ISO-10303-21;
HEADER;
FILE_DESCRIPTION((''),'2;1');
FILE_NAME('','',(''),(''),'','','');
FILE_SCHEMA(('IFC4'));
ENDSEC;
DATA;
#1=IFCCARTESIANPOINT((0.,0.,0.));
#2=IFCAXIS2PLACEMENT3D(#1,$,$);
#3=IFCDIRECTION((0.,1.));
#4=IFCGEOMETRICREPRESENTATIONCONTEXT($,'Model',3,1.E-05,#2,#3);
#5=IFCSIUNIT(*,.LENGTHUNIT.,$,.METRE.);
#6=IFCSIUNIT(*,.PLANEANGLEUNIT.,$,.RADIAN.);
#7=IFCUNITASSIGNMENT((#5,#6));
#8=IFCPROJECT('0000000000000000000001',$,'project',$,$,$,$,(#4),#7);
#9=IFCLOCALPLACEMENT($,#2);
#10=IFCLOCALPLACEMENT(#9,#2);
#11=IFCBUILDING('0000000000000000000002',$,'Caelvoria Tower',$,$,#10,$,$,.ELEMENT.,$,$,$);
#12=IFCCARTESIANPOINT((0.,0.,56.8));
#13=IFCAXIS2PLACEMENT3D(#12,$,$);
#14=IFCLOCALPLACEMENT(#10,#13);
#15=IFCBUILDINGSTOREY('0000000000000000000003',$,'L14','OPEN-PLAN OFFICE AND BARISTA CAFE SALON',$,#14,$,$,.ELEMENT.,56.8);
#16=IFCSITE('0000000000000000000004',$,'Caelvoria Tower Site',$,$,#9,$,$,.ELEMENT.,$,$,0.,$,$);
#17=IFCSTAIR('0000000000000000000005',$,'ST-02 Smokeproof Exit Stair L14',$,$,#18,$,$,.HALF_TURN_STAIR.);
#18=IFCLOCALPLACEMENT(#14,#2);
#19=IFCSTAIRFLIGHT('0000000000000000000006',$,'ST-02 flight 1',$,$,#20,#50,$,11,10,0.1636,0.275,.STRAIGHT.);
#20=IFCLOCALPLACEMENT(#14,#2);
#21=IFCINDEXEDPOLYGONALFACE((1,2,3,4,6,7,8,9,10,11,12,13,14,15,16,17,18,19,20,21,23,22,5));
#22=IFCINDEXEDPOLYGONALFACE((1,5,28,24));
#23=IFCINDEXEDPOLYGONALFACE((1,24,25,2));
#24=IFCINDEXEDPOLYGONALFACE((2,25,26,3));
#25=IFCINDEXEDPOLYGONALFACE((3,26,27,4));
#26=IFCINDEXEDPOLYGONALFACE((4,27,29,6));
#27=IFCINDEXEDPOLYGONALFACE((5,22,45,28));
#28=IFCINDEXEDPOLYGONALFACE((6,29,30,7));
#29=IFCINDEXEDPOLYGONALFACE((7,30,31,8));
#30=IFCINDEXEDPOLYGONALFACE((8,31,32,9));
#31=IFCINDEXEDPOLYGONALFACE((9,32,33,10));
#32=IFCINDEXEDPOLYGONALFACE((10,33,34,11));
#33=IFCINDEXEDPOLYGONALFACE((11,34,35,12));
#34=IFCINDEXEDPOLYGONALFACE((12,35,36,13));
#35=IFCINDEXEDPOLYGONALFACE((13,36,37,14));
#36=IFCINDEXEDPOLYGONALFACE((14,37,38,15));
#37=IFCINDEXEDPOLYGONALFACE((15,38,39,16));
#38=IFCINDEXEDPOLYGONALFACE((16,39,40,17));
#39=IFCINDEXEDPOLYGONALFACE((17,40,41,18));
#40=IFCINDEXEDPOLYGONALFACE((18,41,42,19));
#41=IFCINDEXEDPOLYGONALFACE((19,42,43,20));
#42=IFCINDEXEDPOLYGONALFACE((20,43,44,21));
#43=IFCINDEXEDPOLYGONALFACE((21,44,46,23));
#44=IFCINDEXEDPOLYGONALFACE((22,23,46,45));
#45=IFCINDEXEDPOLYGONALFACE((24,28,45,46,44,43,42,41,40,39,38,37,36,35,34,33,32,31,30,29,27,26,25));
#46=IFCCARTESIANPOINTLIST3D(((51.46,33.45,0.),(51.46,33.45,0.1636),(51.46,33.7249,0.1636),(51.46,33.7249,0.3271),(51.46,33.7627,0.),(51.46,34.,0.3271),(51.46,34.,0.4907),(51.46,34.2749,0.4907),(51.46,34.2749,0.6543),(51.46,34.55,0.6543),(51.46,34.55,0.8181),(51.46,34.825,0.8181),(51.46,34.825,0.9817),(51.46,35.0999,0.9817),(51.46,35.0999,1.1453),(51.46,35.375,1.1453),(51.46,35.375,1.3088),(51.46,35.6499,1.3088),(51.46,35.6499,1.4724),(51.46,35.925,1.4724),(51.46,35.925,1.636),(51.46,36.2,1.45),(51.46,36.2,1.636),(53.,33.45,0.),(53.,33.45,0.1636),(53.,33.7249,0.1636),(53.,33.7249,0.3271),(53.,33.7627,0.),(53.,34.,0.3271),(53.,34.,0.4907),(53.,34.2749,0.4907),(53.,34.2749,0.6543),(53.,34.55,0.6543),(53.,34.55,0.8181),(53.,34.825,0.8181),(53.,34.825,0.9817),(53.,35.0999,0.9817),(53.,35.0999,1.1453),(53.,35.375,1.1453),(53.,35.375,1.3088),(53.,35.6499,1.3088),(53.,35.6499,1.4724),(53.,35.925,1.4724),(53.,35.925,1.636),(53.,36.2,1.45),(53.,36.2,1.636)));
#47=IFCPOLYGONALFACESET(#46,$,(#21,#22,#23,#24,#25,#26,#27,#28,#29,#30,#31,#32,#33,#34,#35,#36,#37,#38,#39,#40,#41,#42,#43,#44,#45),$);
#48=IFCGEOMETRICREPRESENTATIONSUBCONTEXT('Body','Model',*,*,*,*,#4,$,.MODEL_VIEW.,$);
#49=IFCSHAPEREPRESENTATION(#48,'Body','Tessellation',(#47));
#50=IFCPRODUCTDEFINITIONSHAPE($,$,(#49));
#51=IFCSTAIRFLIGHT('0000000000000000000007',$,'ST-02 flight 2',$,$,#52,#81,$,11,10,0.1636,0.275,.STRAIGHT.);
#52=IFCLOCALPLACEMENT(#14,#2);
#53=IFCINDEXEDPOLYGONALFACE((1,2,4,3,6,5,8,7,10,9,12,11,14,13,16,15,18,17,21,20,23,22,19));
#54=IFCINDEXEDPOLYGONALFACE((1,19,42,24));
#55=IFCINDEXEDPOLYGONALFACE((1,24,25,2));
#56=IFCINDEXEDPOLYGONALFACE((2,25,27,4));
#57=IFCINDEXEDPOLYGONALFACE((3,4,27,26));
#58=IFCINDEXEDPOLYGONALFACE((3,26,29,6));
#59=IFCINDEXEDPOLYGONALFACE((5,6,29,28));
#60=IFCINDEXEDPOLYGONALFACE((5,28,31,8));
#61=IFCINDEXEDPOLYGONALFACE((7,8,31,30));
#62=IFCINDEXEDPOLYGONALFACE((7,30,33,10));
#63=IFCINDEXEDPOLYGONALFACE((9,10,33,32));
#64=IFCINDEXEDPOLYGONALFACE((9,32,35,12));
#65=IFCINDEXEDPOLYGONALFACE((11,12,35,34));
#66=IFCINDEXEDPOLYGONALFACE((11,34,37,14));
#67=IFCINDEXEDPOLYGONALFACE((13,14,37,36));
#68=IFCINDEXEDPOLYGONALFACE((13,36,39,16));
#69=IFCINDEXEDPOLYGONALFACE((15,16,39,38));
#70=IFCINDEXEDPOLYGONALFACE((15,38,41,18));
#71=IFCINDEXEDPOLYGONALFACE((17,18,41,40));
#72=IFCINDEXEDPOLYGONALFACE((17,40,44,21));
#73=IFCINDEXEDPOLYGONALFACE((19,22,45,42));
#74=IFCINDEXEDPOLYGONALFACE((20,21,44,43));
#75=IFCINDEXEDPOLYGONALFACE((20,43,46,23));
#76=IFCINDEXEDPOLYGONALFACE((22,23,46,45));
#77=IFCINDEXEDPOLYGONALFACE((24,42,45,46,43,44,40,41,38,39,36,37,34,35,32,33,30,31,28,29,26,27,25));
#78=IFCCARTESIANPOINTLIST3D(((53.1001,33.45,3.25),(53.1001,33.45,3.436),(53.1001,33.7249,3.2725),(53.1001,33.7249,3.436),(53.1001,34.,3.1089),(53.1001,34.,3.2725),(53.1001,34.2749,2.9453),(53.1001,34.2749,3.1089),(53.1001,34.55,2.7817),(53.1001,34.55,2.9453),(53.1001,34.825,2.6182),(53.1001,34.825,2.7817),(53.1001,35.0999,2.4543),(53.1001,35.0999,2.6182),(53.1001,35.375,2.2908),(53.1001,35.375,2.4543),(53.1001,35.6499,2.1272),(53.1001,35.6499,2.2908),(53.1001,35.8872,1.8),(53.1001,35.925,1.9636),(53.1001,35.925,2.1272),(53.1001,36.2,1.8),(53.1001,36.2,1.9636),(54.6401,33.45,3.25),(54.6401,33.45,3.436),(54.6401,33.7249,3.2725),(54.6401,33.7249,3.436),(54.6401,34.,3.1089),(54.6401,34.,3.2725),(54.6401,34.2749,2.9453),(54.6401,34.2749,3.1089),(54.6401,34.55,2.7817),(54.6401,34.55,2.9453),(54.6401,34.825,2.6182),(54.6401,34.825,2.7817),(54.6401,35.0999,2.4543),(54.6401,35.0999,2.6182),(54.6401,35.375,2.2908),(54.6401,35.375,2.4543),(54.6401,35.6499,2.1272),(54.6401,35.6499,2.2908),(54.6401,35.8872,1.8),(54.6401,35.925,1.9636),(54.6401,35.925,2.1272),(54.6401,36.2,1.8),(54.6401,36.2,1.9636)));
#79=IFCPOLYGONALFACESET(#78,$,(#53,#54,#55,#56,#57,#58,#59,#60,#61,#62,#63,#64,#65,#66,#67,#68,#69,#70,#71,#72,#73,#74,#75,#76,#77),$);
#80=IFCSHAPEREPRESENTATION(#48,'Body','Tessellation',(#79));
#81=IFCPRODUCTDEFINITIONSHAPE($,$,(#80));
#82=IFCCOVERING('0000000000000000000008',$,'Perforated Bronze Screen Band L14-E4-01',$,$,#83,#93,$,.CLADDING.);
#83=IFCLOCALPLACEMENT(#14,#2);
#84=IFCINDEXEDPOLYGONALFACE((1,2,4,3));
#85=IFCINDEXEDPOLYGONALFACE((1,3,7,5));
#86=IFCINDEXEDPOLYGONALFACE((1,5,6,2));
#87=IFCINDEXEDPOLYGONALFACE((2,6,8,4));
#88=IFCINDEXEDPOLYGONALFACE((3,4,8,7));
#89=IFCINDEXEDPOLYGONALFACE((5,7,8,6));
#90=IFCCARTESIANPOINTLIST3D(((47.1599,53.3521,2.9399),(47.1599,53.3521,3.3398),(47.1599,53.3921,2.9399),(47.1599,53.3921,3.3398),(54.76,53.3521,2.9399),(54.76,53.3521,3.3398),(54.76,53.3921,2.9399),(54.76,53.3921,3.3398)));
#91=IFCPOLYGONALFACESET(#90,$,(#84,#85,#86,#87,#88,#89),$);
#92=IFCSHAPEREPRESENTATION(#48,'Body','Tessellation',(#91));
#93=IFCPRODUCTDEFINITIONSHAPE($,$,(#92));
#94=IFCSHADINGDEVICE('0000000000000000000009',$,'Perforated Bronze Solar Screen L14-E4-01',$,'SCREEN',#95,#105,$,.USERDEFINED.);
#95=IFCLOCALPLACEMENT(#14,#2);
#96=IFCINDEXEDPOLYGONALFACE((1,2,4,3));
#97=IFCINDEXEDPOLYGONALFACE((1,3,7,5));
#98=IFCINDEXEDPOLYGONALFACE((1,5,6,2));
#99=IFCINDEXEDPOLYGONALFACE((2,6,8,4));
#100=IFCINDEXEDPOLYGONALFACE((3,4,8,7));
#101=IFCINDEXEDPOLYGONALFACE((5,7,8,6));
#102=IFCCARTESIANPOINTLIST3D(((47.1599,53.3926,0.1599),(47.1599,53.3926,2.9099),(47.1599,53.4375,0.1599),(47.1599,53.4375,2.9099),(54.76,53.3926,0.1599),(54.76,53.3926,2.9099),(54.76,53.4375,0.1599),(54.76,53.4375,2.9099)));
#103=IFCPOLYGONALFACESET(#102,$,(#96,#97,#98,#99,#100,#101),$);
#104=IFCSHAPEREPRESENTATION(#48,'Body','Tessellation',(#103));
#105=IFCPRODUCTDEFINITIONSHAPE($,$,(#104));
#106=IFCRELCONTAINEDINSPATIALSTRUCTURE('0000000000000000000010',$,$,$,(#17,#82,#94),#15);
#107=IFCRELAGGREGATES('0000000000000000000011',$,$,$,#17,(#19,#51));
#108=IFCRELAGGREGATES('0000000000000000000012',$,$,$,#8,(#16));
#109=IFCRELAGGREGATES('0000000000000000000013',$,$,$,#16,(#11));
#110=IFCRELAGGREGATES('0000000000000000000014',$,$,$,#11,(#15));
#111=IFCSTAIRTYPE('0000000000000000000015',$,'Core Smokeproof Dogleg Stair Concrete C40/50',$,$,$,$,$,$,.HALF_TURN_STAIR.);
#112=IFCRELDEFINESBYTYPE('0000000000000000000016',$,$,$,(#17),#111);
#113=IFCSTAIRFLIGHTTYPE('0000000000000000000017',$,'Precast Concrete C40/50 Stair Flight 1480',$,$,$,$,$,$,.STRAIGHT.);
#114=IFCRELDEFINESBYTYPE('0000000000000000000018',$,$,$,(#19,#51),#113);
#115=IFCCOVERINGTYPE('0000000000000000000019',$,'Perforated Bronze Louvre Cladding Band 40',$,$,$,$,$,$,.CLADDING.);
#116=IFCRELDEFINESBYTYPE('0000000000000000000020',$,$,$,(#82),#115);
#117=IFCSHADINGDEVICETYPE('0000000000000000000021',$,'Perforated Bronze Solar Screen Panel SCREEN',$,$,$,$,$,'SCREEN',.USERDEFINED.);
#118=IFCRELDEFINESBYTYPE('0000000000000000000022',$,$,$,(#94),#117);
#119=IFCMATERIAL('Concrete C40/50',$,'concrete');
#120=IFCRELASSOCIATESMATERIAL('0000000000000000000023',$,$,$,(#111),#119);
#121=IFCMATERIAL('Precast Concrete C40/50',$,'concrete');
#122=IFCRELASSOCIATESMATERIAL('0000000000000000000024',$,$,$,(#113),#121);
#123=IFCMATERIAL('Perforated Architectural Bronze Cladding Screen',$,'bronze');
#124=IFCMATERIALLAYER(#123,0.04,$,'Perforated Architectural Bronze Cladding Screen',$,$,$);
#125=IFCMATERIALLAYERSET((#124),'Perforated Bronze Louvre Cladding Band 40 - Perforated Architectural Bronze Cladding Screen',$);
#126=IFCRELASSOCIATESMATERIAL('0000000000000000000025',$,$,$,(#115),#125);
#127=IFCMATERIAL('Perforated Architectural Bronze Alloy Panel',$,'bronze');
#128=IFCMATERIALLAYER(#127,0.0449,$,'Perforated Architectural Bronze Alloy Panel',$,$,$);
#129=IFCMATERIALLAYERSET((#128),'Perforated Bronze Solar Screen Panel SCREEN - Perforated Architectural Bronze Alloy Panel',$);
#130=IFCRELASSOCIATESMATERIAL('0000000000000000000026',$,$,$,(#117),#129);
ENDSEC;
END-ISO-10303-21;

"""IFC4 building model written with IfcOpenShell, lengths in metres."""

from ifc_helpers import new_model, si_unit, direction, frame, origin, origin_2d, place, context, subcontext, project, spatial, polyline, rectangle, outline, extrude, material, layer, layer_set, type_object, element, aggregate, save


model = new_model("IFC4")

# Units and contexts
model_context = context("Model", 3, precision=1e-05, world=origin(), true_north=direction((0.0, 1.0)))
body_context = subcontext(model_context, "Body", "Model", "MODEL_VIEW")
ifc_project = project(units=[si_unit("LENGTHUNIT", "METRE"), si_unit("PLANEANGLEUNIT", "RADIAN")], contexts=[model_context])

# Site, building, storey
site_placement = place(None, origin())
site = spatial("IfcSite", under=ifc_project, at=site_placement, Name="Caelvoria Tower Site", CompositionType="ELEMENT", RefElevation=0.0)
building_placement = place(site_placement, origin())
building = spatial("IfcBuilding", under=site, at=building_placement, Name="Caelvoria Tower", CompositionType="ELEMENT")
storey_placement = place(building_placement, frame((0.0, 0.0, 56.8)))
storey = spatial("IfcBuildingStorey", under=building, at=storey_placement, Name="L14", Description="OPEN-PLAN OFFICE AND BARISTA CAFE SALON", CompositionType="ELEMENT", Elevation=56.8)

# Stair, stair flights
ifc_material_1 = material(Name="Concrete C40/50", Category="concrete")
stair_type = type_object("IfcStairType", Name="Core Smokeproof Dogleg Stair Concrete C40/50", PredefinedType="HALF_TURN_STAIR", material=ifc_material_1)
stair_placement = place(storey_placement, origin())
stair = element("IfcStair", 1, at=stair_placement, inside=storey, type_object=stair_type, Name="ST-02 Smokeproof Exit Stair L14", PredefinedType="HALF_TURN_STAIR")
ifc_material_2 = material(Name="Precast Concrete C40/50", Category="concrete")
stair_flight_type = type_object("IfcStairFlightType", Name="Precast Concrete C40/50 Stair Flight 1480", PredefinedType="STRAIGHT", material=ifc_material_2)
stair_flight_1_placement = place(storey_placement, frame((52.23, 33.45, 0.0), z_axis=(0.0, 0.0, 1.0), x_axis=(0.0, 1.0, 0.0)))
stair_flight_1 = element("IfcStairFlight", 2, at=stair_flight_1_placement, type_object=stair_flight_type, Name="ST-02 flight 1", NumberOfRisers=11, NumberOfTreads=10, PredefinedType="STRAIGHT", RiserHeight=0.1636, TreadLength=0.275, context=body_context, shape_type="SweptSolid", body=[
    extrude(outline(polyline([(0.0, 0.0), (0.0, 0.1636), (0.2749, 0.1636), (0.2749, 0.3271), (0.55, 0.3271), (0.55, 0.4907), (0.825, 0.4907), (0.825, 0.6543), (1.1001, 0.6543), (1.1001, 0.8181), (1.375, 0.8181), (1.375, 0.9817), (1.6499, 0.9817), (1.6499, 1.1453), (1.925, 1.1453), (1.925, 1.3088), (2.2, 1.3088), (2.2, 1.4724), (2.4751, 1.4724), (2.4751, 1.636), (2.75, 1.636), (2.75, 1.7996), (2.75, 1.45), (0.3127, 0.0), (0.0, 0.0)])), frame((0.0, 0.77, 0.0), z_axis=(0.0, -1.0, 0.0), x_axis=(1.0, 0.0, 0.0)), (0.0, 0.0, 1.0), 1.54),
])
stair_flight_2_placement = place(storey_placement, frame((53.8701, 36.2, 1.8), z_axis=(0.0, 0.0, 1.0), x_axis=(0.0, -1.0, 0.0)))
stair_flight_2 = element("IfcStairFlight", 3, at=stair_flight_2_placement, type_object=stair_flight_type, Name="ST-02 flight 2", NumberOfRisers=11, NumberOfTreads=10, PredefinedType="STRAIGHT", RiserHeight=0.1636, TreadLength=0.275, context=body_context, shape_type="SweptSolid", body=[
    extrude(outline(polyline([(0.0, 0.0), (0.0, 0.1636), (0.2749, 0.1636), (0.2749, 0.3271), (0.55, 0.3271), (0.55, 0.4907), (0.825, 0.4907), (0.825, 0.6543), (1.1001, 0.6543), (1.1001, 0.8181), (1.375, 0.8181), (1.375, 0.9817), (1.6499, 0.9817), (1.6499, 1.1453), (1.925, 1.1453), (1.925, 1.3088), (2.2, 1.3088), (2.2, 1.4724), (2.4751, 1.4724), (2.4751, 1.636), (2.75, 1.636), (2.75, 1.7996), (2.75, 1.45), (0.3127, 0.0), (0.0, 0.0)])), frame((0.0, 0.77, 0.0), z_axis=(0.0, -1.0, 0.0), x_axis=(1.0, 0.0, 0.0)), (0.0, 0.0, 1.0), 1.54),
])
aggregate(stair, [stair_flight_1, stair_flight_2])

# Covering
ifc_material_3 = material(Name="Perforated Architectural Bronze Cladding Screen", Category="bronze")
ifc_layer_1 = layer(ifc_material_3, 0.04, Name="Perforated Architectural Bronze Cladding Screen")
ifc_layer_set_1 = layer_set([ifc_layer_1], Name="Perforated Bronze Louvre Cladding Band 40 - Perforated Architectural Bronze Cladding Screen")
covering_type = type_object("IfcCoveringType", Name="Perforated Bronze Louvre Cladding Band 40", PredefinedType="CLADDING", material=ifc_layer_set_1)
covering_placement = place(storey_placement, frame((50.96, 53.3721, 2.9399), z_axis=(0.0, 0.0, 1.0), x_axis=(-1.0, 0.0, 0.0)))
element("IfcCovering", 4, at=covering_placement, inside=storey, type_object=covering_type, Name="Perforated Bronze Screen Band L14-E4-01", PredefinedType="CLADDING", context=body_context, shape_type="SweptSolid", body=[
    extrude(rectangle(XDim=7.6001, YDim=0.04, at=origin_2d()), origin(), (0.0, 0.0, 1.0), 0.3999),
])

# Shading device
ifc_material_4 = material(Name="Perforated Architectural Bronze Alloy Panel", Category="bronze")
ifc_layer_2 = layer(ifc_material_4, 0.0449, Name="Perforated Architectural Bronze Alloy Panel")
ifc_layer_set_2 = layer_set([ifc_layer_2], Name="Perforated Bronze Solar Screen Panel SCREEN - Perforated Architectural Bronze Alloy Panel")
shading_device_type = type_object("IfcShadingDeviceType", Name="Perforated Bronze Solar Screen Panel SCREEN", ElementType="SCREEN", PredefinedType="USERDEFINED", material=ifc_layer_set_2)
shading_device_placement = place(storey_placement, frame((50.96, 53.415, 0.1599), z_axis=(0.0, 0.0, 1.0), x_axis=(-1.0, 0.0, 0.0)))
element("IfcShadingDevice", 5, at=shading_device_placement, inside=storey, type_object=shading_device_type, Name="Perforated Bronze Solar Screen L14-E4-01", ObjectType="SCREEN", PredefinedType="USERDEFINED", context=body_context, shape_type="SweptSolid", body=[
    extrude(rectangle(XDim=7.6001, YDim=0.0449, at=origin_2d()), origin(), (0.0, 0.0, 1.0), 2.75),
])

save(model, "model.ifc")
